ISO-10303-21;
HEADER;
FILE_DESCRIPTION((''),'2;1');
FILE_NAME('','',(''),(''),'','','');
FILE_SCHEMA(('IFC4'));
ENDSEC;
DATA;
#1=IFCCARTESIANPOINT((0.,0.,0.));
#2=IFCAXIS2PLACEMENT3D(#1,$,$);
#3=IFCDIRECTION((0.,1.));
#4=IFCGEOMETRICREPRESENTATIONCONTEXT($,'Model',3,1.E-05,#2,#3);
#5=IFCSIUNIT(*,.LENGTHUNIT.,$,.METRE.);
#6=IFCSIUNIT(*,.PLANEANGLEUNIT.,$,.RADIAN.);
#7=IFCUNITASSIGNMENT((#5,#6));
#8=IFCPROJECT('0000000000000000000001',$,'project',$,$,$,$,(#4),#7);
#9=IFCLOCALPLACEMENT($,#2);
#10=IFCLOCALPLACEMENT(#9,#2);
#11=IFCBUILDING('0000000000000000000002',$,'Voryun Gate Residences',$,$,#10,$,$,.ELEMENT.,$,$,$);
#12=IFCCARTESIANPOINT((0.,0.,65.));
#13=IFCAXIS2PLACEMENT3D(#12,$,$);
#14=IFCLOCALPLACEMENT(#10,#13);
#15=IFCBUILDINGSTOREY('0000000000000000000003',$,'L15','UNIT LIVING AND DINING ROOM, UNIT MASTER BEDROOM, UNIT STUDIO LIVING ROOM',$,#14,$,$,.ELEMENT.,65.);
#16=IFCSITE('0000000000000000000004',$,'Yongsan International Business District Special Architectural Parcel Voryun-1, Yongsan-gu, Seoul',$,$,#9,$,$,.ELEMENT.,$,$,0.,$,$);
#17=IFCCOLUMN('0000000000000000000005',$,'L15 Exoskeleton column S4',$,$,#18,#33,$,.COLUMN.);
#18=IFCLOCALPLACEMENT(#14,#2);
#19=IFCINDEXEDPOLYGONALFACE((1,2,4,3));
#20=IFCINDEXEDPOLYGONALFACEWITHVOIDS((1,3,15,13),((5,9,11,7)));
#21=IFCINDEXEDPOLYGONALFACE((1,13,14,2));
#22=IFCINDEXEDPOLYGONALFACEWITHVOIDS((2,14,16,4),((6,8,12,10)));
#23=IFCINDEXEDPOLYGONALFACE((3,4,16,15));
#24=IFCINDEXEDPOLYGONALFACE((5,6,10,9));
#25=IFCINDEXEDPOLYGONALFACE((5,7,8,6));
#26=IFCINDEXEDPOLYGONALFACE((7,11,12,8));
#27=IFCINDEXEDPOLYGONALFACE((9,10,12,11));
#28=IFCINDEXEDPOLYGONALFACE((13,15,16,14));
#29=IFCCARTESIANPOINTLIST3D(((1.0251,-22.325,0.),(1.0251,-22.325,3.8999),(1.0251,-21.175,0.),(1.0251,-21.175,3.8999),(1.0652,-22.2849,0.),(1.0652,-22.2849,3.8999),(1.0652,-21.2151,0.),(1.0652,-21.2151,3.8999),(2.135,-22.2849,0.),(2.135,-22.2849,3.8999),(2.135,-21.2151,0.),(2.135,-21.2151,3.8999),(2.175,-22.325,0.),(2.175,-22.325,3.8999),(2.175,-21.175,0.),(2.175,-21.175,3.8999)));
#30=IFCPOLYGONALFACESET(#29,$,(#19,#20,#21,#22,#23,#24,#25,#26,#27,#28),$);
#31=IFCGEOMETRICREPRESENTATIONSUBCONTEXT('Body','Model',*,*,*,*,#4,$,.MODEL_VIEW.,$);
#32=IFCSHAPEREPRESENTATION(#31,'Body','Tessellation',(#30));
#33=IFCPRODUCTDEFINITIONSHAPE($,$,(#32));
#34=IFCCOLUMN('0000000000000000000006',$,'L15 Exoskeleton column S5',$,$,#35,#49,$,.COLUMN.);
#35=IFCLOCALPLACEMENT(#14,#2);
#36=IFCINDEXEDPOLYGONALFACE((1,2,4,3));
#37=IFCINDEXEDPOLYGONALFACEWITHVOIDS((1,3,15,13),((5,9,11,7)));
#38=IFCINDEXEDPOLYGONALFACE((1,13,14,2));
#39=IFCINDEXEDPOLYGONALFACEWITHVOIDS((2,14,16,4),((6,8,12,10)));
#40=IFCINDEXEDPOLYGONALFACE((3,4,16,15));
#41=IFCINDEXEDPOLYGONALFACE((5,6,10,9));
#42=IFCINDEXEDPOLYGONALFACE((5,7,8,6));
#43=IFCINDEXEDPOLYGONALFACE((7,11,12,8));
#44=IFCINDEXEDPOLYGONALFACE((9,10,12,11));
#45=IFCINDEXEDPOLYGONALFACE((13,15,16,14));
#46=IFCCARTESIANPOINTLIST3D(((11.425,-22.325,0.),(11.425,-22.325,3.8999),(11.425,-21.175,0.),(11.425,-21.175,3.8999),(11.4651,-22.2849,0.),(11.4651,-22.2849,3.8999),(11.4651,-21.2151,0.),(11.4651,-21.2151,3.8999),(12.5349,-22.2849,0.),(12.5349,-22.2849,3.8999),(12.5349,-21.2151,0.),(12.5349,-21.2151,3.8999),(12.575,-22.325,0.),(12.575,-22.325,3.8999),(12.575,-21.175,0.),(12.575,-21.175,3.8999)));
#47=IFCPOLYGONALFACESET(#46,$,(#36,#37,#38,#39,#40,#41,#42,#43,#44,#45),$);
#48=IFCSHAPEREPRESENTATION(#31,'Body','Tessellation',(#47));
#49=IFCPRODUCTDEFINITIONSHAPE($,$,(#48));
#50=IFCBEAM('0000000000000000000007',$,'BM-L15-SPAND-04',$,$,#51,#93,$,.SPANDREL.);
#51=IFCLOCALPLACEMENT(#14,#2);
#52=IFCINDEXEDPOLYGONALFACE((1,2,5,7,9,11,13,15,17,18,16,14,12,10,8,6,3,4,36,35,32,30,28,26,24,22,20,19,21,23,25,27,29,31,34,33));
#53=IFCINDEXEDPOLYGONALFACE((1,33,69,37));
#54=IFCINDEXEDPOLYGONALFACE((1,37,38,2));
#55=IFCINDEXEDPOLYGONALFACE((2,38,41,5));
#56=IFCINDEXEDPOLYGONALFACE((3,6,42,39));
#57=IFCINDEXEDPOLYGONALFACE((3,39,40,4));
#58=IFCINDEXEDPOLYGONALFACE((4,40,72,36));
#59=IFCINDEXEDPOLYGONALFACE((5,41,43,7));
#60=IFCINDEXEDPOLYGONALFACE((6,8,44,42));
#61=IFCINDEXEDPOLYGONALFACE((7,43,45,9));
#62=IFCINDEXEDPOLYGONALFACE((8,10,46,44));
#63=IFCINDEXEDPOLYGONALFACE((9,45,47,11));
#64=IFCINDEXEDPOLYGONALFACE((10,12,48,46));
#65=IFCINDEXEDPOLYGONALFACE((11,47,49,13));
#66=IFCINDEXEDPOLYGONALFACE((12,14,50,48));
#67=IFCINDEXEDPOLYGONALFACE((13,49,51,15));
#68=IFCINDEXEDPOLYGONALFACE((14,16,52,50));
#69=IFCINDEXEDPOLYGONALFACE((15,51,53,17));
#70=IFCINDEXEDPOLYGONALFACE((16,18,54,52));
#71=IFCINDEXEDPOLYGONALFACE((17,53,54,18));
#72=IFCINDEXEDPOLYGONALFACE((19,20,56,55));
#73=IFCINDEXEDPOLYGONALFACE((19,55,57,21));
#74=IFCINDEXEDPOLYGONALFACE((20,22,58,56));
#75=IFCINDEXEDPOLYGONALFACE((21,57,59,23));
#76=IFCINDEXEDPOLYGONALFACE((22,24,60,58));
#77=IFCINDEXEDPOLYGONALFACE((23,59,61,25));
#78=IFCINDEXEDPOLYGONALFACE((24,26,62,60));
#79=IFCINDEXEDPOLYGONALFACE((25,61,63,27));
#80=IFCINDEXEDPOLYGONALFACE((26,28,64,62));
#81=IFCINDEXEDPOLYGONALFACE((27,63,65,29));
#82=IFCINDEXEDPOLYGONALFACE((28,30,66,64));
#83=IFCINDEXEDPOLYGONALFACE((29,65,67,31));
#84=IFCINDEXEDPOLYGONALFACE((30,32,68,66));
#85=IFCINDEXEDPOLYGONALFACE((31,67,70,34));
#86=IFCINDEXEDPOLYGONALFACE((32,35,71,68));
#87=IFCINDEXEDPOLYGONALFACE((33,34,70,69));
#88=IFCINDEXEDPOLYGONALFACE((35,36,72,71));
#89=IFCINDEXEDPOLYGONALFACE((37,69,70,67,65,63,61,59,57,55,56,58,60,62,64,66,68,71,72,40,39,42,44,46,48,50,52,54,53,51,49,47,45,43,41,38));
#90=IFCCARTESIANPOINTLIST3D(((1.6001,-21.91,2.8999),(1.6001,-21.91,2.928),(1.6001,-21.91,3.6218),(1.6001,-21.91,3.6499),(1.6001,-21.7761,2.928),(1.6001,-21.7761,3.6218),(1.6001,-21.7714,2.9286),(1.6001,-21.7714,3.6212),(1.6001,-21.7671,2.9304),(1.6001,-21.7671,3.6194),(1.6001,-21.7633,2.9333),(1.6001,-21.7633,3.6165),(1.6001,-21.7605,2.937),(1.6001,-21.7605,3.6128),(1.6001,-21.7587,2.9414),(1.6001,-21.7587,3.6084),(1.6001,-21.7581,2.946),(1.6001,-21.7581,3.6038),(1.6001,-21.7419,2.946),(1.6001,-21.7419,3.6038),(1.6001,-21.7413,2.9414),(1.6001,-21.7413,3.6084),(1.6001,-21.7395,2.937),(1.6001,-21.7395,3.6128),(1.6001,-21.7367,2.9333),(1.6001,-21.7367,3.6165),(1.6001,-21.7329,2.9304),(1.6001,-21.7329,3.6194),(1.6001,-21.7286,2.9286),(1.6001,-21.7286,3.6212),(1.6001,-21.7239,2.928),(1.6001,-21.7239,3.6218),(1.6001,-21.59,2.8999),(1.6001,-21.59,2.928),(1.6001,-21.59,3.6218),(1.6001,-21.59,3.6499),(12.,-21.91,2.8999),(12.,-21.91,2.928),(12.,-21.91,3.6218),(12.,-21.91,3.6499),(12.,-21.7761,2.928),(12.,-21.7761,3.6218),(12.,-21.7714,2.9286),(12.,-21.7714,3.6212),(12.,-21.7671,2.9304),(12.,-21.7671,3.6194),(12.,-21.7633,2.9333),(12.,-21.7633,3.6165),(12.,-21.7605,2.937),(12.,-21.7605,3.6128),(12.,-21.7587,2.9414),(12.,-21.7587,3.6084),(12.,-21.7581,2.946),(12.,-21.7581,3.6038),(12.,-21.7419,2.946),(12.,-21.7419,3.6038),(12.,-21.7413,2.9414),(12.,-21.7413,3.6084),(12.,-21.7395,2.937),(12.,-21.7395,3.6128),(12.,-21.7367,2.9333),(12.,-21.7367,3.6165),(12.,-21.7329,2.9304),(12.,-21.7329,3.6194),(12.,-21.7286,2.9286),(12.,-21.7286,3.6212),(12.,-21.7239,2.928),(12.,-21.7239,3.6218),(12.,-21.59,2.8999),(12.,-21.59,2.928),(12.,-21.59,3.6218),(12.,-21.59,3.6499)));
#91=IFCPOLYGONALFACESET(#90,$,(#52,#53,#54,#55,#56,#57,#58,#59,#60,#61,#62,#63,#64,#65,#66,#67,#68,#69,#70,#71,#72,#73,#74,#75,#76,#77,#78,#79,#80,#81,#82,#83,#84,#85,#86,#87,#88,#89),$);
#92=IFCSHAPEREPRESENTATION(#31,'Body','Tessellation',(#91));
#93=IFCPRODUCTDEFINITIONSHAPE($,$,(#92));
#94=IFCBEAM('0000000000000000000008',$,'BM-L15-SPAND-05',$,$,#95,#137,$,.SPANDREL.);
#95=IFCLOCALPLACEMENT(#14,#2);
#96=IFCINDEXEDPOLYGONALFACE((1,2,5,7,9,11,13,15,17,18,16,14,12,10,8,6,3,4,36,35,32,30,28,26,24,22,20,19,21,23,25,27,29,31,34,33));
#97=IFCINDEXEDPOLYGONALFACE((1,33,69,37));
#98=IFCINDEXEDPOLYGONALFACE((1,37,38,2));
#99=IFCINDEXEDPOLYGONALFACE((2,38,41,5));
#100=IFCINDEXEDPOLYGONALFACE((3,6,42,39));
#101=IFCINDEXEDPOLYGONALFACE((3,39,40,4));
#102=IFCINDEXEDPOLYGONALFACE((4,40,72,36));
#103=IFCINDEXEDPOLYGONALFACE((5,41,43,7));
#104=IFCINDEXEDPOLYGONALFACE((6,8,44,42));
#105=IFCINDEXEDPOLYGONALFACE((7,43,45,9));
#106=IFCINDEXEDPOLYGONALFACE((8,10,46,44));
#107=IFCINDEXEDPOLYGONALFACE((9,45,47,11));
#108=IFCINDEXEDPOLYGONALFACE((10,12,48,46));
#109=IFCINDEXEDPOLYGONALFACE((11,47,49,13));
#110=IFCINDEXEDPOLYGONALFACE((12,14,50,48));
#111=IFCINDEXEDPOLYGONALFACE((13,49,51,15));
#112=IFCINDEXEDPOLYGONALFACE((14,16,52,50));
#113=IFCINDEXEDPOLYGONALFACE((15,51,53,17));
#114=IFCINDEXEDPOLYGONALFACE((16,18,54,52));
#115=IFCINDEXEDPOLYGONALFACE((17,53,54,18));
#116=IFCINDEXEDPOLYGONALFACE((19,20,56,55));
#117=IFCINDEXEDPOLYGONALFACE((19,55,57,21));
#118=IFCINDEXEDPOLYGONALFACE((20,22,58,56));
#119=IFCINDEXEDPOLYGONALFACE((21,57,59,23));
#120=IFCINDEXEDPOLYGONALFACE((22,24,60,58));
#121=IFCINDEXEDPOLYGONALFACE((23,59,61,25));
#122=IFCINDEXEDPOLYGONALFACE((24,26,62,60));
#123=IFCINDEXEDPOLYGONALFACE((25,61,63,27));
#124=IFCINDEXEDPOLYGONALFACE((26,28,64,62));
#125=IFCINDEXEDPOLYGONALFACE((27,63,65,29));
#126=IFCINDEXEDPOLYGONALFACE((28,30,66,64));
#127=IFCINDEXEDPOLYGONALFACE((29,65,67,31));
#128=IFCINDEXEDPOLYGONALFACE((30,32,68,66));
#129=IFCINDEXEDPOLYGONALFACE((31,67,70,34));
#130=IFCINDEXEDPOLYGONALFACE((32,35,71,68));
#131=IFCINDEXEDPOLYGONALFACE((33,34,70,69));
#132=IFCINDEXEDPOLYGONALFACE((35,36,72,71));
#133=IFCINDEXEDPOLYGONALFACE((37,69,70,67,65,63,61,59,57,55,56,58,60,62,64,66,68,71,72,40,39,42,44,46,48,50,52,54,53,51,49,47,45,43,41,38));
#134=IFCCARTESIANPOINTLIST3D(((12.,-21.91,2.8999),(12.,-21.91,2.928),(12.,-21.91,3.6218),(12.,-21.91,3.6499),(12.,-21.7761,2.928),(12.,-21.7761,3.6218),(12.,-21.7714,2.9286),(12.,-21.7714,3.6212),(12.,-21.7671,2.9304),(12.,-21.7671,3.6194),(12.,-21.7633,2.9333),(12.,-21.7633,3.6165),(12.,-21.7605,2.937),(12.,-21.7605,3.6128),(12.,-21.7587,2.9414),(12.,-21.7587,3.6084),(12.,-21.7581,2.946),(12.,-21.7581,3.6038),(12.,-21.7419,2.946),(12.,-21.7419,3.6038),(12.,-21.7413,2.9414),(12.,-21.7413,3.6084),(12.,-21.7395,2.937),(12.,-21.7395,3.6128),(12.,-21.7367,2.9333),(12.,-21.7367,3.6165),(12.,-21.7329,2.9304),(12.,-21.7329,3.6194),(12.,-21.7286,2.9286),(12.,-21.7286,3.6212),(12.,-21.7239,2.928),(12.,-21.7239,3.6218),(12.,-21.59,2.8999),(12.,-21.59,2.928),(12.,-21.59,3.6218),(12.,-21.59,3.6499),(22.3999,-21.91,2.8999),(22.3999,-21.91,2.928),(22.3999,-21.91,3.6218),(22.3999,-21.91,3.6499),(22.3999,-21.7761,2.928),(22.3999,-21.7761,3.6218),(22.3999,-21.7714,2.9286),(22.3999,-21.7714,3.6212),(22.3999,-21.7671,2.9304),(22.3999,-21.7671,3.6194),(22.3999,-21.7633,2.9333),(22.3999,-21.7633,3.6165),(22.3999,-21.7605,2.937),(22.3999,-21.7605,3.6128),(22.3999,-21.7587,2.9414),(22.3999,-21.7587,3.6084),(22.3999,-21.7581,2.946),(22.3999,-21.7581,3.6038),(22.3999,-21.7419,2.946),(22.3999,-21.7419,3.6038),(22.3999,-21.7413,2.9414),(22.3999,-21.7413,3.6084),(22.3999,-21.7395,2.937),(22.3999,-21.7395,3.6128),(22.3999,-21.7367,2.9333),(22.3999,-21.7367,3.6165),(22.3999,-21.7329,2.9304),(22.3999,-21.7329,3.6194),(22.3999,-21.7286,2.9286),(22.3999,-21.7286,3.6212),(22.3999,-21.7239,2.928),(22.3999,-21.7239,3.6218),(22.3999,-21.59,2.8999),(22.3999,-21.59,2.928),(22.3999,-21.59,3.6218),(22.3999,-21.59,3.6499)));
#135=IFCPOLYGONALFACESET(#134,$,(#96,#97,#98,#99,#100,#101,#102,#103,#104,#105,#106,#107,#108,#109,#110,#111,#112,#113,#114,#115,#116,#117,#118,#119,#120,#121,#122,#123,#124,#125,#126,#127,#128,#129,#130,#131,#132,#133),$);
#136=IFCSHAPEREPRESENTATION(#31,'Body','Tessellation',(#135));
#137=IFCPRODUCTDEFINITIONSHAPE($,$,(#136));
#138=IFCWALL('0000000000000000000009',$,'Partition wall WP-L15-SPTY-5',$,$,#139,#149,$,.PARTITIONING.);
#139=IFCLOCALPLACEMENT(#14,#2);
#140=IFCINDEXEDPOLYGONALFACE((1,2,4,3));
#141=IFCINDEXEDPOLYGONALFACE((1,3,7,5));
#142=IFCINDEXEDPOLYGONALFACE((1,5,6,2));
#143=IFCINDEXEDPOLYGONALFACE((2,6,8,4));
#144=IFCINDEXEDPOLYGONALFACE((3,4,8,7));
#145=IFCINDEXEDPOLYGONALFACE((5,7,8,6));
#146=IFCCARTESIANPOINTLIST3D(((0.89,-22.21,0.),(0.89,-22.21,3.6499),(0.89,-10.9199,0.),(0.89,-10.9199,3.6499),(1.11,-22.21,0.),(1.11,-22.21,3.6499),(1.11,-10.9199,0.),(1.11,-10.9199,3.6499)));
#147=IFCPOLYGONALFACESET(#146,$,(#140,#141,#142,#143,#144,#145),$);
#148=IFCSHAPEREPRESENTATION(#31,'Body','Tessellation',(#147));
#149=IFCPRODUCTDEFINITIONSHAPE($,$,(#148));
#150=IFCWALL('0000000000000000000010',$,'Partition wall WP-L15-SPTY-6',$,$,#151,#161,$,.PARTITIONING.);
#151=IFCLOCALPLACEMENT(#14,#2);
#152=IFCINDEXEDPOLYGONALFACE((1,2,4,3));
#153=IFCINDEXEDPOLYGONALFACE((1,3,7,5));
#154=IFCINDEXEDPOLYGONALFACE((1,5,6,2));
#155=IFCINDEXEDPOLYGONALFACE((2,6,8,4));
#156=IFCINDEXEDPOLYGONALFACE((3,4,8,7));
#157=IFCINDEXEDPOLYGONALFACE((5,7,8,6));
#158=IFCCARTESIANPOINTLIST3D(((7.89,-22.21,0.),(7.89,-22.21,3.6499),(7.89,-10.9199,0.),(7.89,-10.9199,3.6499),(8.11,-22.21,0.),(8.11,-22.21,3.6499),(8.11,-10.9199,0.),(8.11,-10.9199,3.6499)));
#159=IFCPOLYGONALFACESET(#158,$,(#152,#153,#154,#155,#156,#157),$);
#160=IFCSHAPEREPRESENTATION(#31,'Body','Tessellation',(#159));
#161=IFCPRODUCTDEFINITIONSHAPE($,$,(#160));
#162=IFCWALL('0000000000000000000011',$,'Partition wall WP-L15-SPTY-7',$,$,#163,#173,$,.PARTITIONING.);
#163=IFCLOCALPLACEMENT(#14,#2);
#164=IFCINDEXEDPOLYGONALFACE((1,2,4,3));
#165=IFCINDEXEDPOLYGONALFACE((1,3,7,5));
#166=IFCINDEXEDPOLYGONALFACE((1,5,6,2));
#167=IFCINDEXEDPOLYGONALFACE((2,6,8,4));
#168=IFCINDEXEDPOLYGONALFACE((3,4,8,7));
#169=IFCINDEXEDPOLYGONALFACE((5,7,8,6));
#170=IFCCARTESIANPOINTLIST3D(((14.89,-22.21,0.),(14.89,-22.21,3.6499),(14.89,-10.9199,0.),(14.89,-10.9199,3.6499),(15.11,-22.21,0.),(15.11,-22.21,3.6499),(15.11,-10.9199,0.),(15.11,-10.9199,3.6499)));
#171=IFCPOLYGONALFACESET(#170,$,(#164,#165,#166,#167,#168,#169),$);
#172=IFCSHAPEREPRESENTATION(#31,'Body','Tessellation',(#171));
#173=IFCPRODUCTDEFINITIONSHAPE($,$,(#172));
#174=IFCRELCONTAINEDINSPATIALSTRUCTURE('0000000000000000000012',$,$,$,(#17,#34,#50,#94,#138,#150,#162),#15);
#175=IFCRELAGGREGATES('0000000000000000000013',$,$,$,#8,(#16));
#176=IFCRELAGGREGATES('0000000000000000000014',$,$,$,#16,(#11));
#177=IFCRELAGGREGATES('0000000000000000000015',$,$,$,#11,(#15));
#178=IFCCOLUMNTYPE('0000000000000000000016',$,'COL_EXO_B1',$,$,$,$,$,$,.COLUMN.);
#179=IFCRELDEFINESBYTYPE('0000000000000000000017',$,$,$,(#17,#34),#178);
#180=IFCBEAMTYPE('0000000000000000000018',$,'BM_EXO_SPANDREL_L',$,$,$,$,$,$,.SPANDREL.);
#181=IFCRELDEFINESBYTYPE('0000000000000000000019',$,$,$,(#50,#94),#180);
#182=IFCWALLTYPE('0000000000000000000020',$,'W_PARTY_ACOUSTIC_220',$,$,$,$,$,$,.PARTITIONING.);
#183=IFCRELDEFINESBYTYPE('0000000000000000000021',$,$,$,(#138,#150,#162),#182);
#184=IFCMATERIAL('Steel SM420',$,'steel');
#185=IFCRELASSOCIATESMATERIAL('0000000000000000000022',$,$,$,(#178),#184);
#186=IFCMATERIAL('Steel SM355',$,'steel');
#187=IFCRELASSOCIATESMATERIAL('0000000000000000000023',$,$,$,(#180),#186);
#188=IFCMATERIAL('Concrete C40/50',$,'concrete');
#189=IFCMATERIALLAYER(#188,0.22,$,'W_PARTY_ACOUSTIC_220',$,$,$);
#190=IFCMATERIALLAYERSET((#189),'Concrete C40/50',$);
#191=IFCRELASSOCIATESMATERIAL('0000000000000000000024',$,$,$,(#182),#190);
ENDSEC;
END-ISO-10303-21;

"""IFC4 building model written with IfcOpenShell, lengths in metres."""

from ifc_helpers import new_model, si_unit, direction, frame, frame_2d, origin, origin_2d, place, context, subcontext, project, spatial, rectangle, hollow_rectangle, i_section, extrude, material, layer, layer_set, material_profile, profile_set, type_object, element, save


model = new_model("IFC4")

# Units and contexts
model_context = context("Model", 3, precision=1e-05, world=origin(), true_north=direction((0.0, 1.0)))
body_context = subcontext(model_context, "Body", "Model", "MODEL_VIEW")
ifc_project = project(units=[si_unit("LENGTHUNIT", "METRE"), si_unit("PLANEANGLEUNIT", "RADIAN")], contexts=[model_context])

# Site, building, storey
site_placement = place(None, origin())
site = spatial("IfcSite", under=ifc_project, at=site_placement, Name="Yongsan International Business District Special Architectural Parcel Voryun-1, Yongsan-gu, Seoul", CompositionType="ELEMENT", RefElevation=0.0)
building_placement = place(site_placement, origin())
building = spatial("IfcBuilding", under=site, at=building_placement, Name="Voryun Gate Residences", CompositionType="ELEMENT")
storey_placement = place(building_placement, frame((0.0, 0.0, 65.0)))
storey = spatial("IfcBuildingStorey", under=building, at=storey_placement, Name="L15", Description="UNIT LIVING AND DINING ROOM, UNIT MASTER BEDROOM, UNIT STUDIO LIVING ROOM", CompositionType="ELEMENT", Elevation=65.0)

# Columns
ifc_material_1 = material(Name="Steel SM420", Category="steel")
ifc_material_profile_1 = material_profile(ifc_material_1, hollow_rectangle(XDim=1.1499, YDim=1.1499, WallThickness=0.04, at=origin_2d()), Name="BOX-1150x1150x40")
ifc_profile_set_1 = profile_set([ifc_material_profile_1], Name="Steel SM420")
column_type = type_object("IfcColumnType", Name="COL_EXO_B1", PredefinedType="COLUMN", material=ifc_profile_set_1)
for number, where, z_axis, x_axis, name in (
    (1, (1.6001, -21.75, 0.0), (0.0, 0.0, 1.0), (1.0, 0.0, 0.0), "L15 Exoskeleton column S4"),
    (2, (12.0, -21.75, 0.0), (0.0, 0.0, 1.0), (1.0, 0.0, 0.0), "L15 Exoskeleton column S5"),
):
    element("IfcColumn", number, at=place(storey_placement, frame(where, z_axis=z_axis, x_axis=x_axis)), inside=storey, type_object=column_type, Name=name, PredefinedType="COLUMN", context=body_context, shape_type="SweptSolid", body=[
        extrude(hollow_rectangle(XDim=1.1499, YDim=1.1499, WallThickness=0.04, at=origin_2d()), origin(), (0.0, 0.0, 1.0), 3.8999),
    ])

# Beams
ifc_material_2 = material(Name="Steel SM355", Category="steel")
ifc_material_profile_2 = material_profile(ifc_material_2, i_section(OverallWidth=0.3201, OverallDepth=0.75, WebThickness=0.0161, FlangeThickness=0.0281, FilletRadius=0.0181, at=origin_2d()), Name="H-750x320x16x28")
ifc_profile_set_2 = profile_set([ifc_material_profile_2], Name="Steel SM355")
beam_type = type_object("IfcBeamType", Name="BM_EXO_SPANDREL_L", PredefinedType="SPANDREL", material=ifc_profile_set_2)
for number, where, z_axis, x_axis, name in (
    (3, (1.6001, -21.75, 3.2749), (1.0, 0.0, 0.0), (0.0, 1.0, 0.0), "BM-L15-SPAND-04"),
    (4, (12.0, -21.75, 3.2749), (1.0, 0.0, 0.0), (0.0, 1.0, 0.0), "BM-L15-SPAND-05"),
):
    element("IfcBeam", number, at=place(storey_placement, frame(where, z_axis=z_axis, x_axis=x_axis)), inside=storey, type_object=beam_type, Name=name, PredefinedType="SPANDREL", context=body_context, shape_type="SweptSolid", body=[
        extrude(i_section(OverallWidth=0.3201, OverallDepth=0.75, WebThickness=0.0161, FlangeThickness=0.0281, FilletRadius=0.0181, at=origin_2d()), origin(), (0.0, 0.0, 1.0), 10.3999),
    ])

# Walls
ifc_material_3 = material(Name="Concrete C40/50", Category="concrete")
ifc_layer_1 = layer(ifc_material_3, 0.22, Name="W_PARTY_ACOUSTIC_220")
ifc_layer_set_1 = layer_set([ifc_layer_1], Name="Concrete C40/50")
wall_type_1 = type_object("IfcWallType", Name="W_PARTY_ACOUSTIC_220", PredefinedType="PARTITIONING", material=ifc_layer_set_1)
for number, where, z_axis, x_axis, name in (
    (5, (1.0, -22.21, 0.0), (0.0, 0.0, 1.0), (0.0, 1.0, 0.0), "Partition wall WP-L15-SPTY-5"),
    (6, (8.0, -22.21, 0.0), (0.0, 0.0, 1.0), (0.0, 1.0, 0.0), "Partition wall WP-L15-SPTY-6"),
    (7, (15.0, -22.21, 0.0), (0.0, 0.0, 1.0), (0.0, 1.0, 0.0), "Partition wall WP-L15-SPTY-7"),
):
    element("IfcWall", number, at=place(storey_placement, frame(where, z_axis=z_axis, x_axis=x_axis)), inside=storey, type_object=wall_type_1, Name=name, PredefinedType="PARTITIONING", context=body_context, shape_type="SweptSolid", body=[
        extrude(rectangle(XDim=11.29, YDim=0.22, at=frame_2d((5.645, 0.0))), origin(), (0.0, 0.0, 1.0), 3.6499),
    ])

save(model, "model.ifc")
